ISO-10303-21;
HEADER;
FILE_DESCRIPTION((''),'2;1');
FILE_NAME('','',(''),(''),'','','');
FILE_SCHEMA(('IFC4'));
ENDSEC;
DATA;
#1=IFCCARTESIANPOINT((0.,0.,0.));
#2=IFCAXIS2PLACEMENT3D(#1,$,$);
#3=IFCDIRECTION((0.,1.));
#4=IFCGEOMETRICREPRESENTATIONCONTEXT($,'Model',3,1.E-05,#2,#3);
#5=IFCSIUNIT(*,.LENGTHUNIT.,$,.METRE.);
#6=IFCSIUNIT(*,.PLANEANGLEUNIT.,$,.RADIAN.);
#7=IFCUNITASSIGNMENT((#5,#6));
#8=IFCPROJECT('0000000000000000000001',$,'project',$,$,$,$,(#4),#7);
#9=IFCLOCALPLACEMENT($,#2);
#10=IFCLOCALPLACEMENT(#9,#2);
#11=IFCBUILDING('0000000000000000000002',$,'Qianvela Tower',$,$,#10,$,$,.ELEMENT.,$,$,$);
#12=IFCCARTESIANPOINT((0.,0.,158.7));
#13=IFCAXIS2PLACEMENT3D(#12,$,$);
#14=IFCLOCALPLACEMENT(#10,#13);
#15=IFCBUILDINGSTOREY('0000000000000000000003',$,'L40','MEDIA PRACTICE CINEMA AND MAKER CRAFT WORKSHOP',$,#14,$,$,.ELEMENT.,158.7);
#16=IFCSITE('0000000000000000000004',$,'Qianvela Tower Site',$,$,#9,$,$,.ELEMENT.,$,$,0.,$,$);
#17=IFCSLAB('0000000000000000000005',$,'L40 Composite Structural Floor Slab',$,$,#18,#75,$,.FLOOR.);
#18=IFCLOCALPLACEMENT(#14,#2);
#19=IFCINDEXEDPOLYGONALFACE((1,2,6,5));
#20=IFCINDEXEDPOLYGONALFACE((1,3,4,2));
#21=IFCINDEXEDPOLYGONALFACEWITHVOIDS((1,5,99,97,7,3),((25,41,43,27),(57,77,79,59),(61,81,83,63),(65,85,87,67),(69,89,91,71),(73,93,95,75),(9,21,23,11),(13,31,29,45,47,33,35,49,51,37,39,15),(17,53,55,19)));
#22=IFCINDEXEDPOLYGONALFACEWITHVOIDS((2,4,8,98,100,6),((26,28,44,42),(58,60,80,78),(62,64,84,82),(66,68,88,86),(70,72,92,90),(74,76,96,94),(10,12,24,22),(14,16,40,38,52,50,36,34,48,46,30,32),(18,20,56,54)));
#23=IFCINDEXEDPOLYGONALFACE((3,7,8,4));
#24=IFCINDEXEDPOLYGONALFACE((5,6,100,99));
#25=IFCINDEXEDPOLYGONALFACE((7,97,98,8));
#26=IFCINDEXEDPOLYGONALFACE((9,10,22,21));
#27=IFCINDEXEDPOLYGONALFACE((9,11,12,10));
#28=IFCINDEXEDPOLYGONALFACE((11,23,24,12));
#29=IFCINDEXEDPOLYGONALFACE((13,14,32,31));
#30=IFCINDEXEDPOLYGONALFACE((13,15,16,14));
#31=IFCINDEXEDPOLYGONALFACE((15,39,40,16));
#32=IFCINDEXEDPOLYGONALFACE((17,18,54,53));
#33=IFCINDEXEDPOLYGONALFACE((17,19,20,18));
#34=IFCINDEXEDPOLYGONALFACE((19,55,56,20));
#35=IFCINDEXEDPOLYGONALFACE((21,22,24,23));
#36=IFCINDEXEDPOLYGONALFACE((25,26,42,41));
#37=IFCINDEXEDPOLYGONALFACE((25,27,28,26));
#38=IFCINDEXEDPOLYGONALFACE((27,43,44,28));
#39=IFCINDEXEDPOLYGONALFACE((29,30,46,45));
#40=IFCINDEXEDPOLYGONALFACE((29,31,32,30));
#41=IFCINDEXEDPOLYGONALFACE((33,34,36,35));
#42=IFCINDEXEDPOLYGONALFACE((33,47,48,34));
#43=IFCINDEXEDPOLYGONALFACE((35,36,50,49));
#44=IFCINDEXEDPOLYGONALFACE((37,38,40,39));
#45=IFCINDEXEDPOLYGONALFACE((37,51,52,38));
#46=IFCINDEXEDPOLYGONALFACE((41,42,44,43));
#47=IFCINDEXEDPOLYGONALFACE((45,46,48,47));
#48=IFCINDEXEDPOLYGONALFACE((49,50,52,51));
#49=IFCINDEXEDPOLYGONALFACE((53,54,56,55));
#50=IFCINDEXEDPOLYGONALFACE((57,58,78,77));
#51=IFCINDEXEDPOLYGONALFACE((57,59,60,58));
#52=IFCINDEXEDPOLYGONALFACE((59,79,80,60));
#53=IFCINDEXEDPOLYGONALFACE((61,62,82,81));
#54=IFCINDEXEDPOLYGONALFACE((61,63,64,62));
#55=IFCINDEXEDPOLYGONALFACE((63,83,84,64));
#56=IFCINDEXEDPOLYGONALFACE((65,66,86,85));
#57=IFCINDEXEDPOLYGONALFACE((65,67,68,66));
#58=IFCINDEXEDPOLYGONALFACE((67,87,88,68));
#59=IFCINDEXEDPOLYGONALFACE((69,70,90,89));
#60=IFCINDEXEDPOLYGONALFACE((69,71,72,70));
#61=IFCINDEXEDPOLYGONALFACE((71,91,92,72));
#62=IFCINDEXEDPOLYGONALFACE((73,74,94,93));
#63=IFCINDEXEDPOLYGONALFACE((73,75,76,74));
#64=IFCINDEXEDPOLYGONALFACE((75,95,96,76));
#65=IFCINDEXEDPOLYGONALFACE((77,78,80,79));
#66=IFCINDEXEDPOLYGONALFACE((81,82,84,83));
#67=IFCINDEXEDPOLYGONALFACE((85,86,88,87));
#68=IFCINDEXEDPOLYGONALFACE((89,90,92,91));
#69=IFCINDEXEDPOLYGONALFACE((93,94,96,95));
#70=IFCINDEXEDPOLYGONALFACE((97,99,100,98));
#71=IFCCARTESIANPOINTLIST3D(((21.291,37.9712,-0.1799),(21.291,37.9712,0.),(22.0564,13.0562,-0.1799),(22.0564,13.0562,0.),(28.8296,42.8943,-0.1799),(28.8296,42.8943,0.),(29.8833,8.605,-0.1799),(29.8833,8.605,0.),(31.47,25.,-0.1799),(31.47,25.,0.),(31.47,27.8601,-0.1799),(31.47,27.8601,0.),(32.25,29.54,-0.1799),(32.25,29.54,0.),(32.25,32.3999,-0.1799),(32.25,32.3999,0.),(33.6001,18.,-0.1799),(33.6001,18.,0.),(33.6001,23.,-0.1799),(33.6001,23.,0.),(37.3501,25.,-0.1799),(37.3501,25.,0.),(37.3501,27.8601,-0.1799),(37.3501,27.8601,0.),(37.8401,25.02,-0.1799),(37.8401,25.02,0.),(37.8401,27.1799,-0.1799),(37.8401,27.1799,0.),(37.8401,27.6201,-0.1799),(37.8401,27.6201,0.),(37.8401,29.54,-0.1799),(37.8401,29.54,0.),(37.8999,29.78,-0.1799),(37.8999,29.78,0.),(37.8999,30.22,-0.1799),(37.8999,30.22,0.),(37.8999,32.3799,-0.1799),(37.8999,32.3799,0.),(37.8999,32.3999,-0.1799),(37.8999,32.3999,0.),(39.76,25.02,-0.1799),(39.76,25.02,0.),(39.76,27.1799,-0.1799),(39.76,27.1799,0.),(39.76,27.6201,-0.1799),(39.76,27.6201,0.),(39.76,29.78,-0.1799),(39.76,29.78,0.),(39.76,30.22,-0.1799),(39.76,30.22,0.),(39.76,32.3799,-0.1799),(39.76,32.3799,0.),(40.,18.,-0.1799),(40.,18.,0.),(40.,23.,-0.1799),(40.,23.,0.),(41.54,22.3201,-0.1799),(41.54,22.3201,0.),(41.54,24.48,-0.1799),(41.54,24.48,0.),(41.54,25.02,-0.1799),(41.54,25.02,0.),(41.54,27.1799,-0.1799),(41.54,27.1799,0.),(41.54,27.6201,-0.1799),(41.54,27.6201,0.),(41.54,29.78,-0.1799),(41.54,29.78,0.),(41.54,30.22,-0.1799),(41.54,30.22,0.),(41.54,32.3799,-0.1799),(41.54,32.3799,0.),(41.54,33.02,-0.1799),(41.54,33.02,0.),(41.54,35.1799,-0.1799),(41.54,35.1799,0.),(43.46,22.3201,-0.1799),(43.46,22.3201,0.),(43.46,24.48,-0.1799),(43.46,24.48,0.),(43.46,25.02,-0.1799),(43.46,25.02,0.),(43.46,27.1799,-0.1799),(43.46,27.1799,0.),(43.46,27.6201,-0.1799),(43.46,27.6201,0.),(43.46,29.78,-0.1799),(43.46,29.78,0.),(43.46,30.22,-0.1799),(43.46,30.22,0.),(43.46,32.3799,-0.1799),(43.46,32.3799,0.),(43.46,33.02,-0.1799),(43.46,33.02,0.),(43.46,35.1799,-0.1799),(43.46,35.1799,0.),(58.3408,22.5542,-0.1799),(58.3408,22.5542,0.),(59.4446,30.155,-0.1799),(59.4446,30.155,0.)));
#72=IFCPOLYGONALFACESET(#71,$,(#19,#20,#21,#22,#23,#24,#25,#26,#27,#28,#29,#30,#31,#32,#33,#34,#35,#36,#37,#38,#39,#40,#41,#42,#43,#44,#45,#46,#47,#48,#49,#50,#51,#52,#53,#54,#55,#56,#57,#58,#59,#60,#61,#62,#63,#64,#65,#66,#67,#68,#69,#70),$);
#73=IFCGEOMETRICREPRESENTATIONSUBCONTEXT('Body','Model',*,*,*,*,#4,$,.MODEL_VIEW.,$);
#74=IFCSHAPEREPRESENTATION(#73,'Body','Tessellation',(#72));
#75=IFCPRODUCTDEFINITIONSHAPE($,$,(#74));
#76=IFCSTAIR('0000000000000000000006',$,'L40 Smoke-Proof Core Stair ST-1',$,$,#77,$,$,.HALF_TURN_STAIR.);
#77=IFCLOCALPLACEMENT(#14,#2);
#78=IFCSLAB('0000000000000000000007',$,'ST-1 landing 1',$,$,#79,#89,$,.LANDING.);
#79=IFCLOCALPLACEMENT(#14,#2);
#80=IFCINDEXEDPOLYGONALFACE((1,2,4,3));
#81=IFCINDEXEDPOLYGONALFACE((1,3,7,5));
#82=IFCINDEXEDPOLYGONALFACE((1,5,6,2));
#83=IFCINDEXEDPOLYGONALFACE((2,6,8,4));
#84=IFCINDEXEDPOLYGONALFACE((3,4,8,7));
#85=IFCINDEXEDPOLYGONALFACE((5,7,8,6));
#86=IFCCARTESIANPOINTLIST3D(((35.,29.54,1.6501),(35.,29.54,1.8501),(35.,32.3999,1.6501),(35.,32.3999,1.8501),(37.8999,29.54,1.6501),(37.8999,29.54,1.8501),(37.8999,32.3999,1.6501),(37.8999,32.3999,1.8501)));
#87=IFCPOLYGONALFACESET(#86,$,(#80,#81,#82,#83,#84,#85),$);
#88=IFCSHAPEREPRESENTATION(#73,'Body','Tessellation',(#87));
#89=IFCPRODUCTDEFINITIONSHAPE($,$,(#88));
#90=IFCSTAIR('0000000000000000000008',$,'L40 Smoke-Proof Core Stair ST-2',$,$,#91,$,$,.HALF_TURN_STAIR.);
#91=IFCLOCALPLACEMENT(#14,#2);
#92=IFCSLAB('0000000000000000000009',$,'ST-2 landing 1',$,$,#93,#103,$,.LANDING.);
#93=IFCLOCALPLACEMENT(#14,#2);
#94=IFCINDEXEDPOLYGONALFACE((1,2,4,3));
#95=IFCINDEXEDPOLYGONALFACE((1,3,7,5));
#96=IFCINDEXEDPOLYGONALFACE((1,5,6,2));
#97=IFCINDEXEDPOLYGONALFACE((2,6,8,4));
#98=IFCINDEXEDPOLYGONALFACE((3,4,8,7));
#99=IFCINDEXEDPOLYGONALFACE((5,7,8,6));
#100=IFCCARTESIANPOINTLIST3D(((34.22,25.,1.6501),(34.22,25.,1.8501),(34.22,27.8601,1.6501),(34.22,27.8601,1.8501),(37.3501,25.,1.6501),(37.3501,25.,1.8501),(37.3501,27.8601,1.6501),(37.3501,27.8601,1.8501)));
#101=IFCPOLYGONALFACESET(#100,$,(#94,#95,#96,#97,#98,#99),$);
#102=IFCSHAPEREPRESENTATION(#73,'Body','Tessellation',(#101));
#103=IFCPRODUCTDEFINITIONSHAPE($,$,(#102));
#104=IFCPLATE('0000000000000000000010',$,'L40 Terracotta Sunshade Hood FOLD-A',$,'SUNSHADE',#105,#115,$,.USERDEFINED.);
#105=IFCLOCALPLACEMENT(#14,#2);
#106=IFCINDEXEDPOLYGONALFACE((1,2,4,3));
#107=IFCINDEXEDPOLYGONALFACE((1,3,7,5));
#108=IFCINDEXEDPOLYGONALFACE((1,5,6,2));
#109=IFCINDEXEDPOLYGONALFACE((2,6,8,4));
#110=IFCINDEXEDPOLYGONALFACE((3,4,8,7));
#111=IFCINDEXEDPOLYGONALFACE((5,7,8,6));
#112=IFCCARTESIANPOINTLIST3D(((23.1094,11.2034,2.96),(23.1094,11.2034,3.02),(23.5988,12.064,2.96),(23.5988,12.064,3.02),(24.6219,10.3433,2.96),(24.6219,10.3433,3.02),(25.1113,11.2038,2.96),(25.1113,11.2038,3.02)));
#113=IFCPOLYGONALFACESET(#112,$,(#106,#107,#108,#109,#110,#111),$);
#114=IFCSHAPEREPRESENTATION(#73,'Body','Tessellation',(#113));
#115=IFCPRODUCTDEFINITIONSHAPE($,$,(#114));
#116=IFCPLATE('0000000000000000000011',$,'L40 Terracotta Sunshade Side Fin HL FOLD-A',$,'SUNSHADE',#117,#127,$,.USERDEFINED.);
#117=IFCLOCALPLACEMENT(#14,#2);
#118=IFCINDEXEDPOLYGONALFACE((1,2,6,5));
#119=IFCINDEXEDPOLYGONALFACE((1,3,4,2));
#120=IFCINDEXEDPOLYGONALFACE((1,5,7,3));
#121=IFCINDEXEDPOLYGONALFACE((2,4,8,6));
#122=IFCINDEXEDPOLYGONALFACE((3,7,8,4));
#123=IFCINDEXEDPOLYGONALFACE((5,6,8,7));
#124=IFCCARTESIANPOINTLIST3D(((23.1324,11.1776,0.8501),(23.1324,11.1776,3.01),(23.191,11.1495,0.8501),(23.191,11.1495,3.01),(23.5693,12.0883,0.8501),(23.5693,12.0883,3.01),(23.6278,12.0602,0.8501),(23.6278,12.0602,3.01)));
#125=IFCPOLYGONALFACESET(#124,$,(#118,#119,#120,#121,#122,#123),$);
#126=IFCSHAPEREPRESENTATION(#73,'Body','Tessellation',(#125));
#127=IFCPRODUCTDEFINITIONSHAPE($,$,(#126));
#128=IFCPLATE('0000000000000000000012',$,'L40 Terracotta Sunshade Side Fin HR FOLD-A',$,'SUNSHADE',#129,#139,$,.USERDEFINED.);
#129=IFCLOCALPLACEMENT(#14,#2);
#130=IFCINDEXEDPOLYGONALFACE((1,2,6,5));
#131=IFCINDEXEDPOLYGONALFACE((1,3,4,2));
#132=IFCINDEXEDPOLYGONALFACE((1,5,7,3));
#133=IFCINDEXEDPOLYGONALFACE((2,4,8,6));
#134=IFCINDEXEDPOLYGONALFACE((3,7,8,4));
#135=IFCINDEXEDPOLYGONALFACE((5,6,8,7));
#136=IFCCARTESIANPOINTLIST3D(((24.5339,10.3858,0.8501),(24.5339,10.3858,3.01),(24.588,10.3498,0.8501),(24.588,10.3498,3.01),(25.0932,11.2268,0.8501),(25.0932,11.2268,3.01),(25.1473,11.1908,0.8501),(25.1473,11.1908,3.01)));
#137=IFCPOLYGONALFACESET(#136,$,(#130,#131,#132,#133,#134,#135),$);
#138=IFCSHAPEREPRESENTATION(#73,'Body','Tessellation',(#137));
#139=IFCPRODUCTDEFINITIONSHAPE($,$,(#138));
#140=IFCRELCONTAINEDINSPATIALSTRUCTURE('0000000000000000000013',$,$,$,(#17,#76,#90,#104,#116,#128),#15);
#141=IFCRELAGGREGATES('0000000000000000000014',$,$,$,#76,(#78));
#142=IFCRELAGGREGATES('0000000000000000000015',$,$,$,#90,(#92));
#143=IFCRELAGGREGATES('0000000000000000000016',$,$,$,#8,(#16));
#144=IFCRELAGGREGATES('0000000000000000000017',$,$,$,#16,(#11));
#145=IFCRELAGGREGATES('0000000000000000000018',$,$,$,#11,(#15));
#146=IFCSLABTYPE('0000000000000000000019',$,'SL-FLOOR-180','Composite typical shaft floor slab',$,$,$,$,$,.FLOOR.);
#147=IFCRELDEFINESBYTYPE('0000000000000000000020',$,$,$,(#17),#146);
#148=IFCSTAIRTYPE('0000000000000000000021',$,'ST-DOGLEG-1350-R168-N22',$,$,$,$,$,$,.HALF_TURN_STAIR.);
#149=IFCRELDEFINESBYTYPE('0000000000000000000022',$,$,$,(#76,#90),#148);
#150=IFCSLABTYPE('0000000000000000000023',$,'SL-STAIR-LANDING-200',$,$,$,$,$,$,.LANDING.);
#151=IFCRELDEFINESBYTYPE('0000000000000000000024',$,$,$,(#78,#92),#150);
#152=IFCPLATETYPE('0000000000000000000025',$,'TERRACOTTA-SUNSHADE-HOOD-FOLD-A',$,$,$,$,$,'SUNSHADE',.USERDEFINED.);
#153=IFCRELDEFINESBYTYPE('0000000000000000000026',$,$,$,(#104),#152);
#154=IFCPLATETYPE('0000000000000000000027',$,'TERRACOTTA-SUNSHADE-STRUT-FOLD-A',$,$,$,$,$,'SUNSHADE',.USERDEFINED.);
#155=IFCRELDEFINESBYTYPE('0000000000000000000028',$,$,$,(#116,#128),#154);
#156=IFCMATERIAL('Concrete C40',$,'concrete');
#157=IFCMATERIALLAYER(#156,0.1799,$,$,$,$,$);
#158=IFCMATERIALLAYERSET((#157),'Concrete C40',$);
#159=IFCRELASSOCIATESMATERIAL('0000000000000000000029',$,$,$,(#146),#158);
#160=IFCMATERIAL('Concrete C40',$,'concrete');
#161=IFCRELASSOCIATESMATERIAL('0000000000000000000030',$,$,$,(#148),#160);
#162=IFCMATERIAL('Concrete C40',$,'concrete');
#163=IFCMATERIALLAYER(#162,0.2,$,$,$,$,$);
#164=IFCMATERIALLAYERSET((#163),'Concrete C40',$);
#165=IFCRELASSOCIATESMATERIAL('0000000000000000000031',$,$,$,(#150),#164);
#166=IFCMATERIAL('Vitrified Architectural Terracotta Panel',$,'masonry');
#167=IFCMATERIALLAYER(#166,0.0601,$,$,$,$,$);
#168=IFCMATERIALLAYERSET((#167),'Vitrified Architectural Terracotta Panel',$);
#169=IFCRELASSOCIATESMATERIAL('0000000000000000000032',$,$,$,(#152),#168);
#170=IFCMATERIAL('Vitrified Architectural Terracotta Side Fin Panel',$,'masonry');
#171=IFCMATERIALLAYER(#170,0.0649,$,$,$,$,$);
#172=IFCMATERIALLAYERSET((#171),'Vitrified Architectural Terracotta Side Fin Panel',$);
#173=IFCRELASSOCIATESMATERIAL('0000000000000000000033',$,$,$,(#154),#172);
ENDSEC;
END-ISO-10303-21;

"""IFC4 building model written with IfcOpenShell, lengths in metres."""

from ifc_helpers import new_model, si_unit, direction, frame, origin, origin_2d, place, context, subcontext, project, spatial, polyline, rectangle, outline, extrude, material, layer, layer_set, type_object, element, aggregate, save


model = new_model("IFC4")

# Units and contexts
model_context = context("Model", 3, precision=1e-05, world=origin(), true_north=direction((0.0, 1.0)))
body_context = subcontext(model_context, "Body", "Model", "MODEL_VIEW")
ifc_project = project(units=[si_unit("LENGTHUNIT", "METRE"), si_unit("PLANEANGLEUNIT", "RADIAN")], contexts=[model_context])

# Site, building, storey
site_placement = place(None, origin())
site = spatial("IfcSite", under=ifc_project, at=site_placement, Name="Qianvela Tower Site", CompositionType="ELEMENT", RefElevation=0.0)
building_placement = place(site_placement, origin())
building = spatial("IfcBuilding", under=site, at=building_placement, Name="Qianvela Tower", CompositionType="ELEMENT")
storey_placement = place(building_placement, frame((0.0, 0.0, 158.7)))
storey = spatial("IfcBuildingStorey", under=building, at=storey_placement, Name="L40", Description="MEDIA PRACTICE CINEMA AND MAKER CRAFT WORKSHOP", CompositionType="ELEMENT", Elevation=158.7)

# Slab
ifc_material_1 = material(Name="Concrete C40", Category="concrete")
ifc_layer_1 = layer(ifc_material_1, 0.1799)
ifc_layer_set_1 = layer_set([ifc_layer_1], Name="Concrete C40")
slab_type_1 = type_object("IfcSlabType", Name="SL-FLOOR-180", Description="Composite typical shaft floor slab", PredefinedType="FLOOR", material=ifc_layer_set_1)
slab_1_placement = place(storey_placement, frame((0.0, 0.0, -0.1799)))
element("IfcSlab", 1, at=slab_1_placement, inside=storey, type_object=slab_type_1, Name="L40 Composite Structural Floor Slab", PredefinedType="FLOOR", context=body_context, shape_type="SweptSolid", body=[
    extrude(outline(polyline([(58.3408, 22.5542), (59.4446, 30.155), (28.8296, 42.8943), (21.291, 37.9712), (22.0564, 13.0562), (29.8833, 8.605), (58.3408, 22.5542)]), holes=[polyline([(40.0, 23.0), (33.6001, 23.0), (33.6001, 18.0), (40.0, 18.0), (40.0, 23.0)]), polyline([(39.76, 27.1799), (37.8401, 27.1799), (37.8401, 25.02), (39.76, 25.02), (39.76, 27.1799)]), polyline([(37.3501, 27.8601), (31.47, 27.8601), (31.47, 25.0), (37.3501, 25.0), (37.3501, 27.8601)]), polyline([(37.8401, 27.6201), (39.76, 27.6201), (39.76, 29.78), (37.8999, 29.78), (37.8999, 30.22), (39.76, 30.22), (39.76, 32.3799), (37.8999, 32.3799), (37.8999, 32.3999), (32.25, 32.3999), (32.25, 29.54), (37.8401, 29.54), (37.8401, 27.6201)]), polyline([(43.46, 22.3201), (43.46, 24.48), (41.54, 24.48), (41.54, 22.3201), (43.46, 22.3201)]), polyline([(43.46, 25.02), (43.46, 27.1799), (41.54, 27.1799), (41.54, 25.02), (43.46, 25.02)]), polyline([(43.46, 29.78), (41.54, 29.78), (41.54, 27.6201), (43.46, 27.6201), (43.46, 29.78)]), polyline([(43.46, 30.22), (43.46, 32.3799), (41.54, 32.3799), (41.54, 30.22), (43.46, 30.22)]), polyline([(43.46, 33.02), (43.46, 35.1799), (41.54, 35.1799), (41.54, 33.02), (43.46, 33.02)])]), origin(), (0.0, 0.0, 1.0), 0.1799),
])

# Stairs, slabs
ifc_material_2 = material(Name="Concrete C40", Category="concrete")
stair_type = type_object("IfcStairType", Name="ST-DOGLEG-1350-R168-N22", PredefinedType="HALF_TURN_STAIR", material=ifc_material_2)
stair_1_placement = place(storey_placement, origin())
stair_1 = element("IfcStair", 2, at=stair_1_placement, inside=storey, type_object=stair_type, Name="L40 Smoke-Proof Core Stair ST-1", PredefinedType="HALF_TURN_STAIR")
ifc_material_3 = material(Name="Concrete C40", Category="concrete")
ifc_layer_2 = layer(ifc_material_3, 0.2)
ifc_layer_set_2 = layer_set([ifc_layer_2], Name="Concrete C40")
slab_type_2 = type_object("IfcSlabType", Name="SL-STAIR-LANDING-200", PredefinedType="LANDING", material=ifc_layer_set_2)
slab_2_placement = place(storey_placement, frame((0.0, 0.0, 1.6501)))
slab_2 = element("IfcSlab", 3, at=slab_2_placement, type_object=slab_type_2, Name="ST-1 landing 1", PredefinedType="LANDING", context=body_context, shape_type="SweptSolid", body=[
    extrude(outline(polyline([(35.0, 29.54), (37.8999, 29.54), (37.8999, 32.3999), (35.0, 32.3999), (35.0, 29.54)])), origin(), (0.0, 0.0, 1.0), 0.2),
])
aggregate(stair_1, [slab_2])
stair_2_placement = place(storey_placement, origin())
stair_2 = element("IfcStair", 4, at=stair_2_placement, inside=storey, type_object=stair_type, Name="L40 Smoke-Proof Core Stair ST-2", PredefinedType="HALF_TURN_STAIR")
slab_3_placement = place(storey_placement, frame((0.0, 0.0, 1.6501)))
slab_3 = element("IfcSlab", 5, at=slab_3_placement, type_object=slab_type_2, Name="ST-2 landing 1", PredefinedType="LANDING", context=body_context, shape_type="SweptSolid", body=[
    extrude(outline(polyline([(34.22, 25.0), (37.3501, 25.0), (37.3501, 27.8601), (34.22, 27.8601), (34.22, 25.0)])), origin(), (0.0, 0.0, 1.0), 0.2),
])
aggregate(stair_2, [slab_3])

# Plates
ifc_material_4 = material(Name="Vitrified Architectural Terracotta Panel", Category="masonry")
ifc_layer_3 = layer(ifc_material_4, 0.0601)
ifc_layer_set_3 = layer_set([ifc_layer_3], Name="Vitrified Architectural Terracotta Panel")
plate_type_1 = type_object("IfcPlateType", Name="TERRACOTTA-SUNSHADE-HOOD-FOLD-A", ElementType="SUNSHADE", PredefinedType="USERDEFINED", material=ifc_layer_set_3)
plate_1_placement = place(storey_placement, frame((24.1104, 11.2036, 2.96), z_axis=(0.0, 0.0, 1.0), x_axis=(0.869268, -0.494341, 0.0)))
element("IfcPlate", 6, at=plate_1_placement, inside=storey, type_object=plate_type_1, Name="L40 Terracotta Sunshade Hood FOLD-A", ObjectType="SUNSHADE", PredefinedType="USERDEFINED", context=body_context, shape_type="SweptSolid", body=[
    extrude(rectangle(XDim=1.74, YDim=0.99, at=origin_2d()), origin(), (0.0, 0.0, 1.0), 0.0601),
])
ifc_material_5 = material(Name="Vitrified Architectural Terracotta Side Fin Panel", Category="masonry")
ifc_layer_4 = layer(ifc_material_5, 0.0649)
ifc_layer_set_4 = layer_set([ifc_layer_4], Name="Vitrified Architectural Terracotta Side Fin Panel")
plate_type_2 = type_object("IfcPlateType", Name="TERRACOTTA-SUNSHADE-STRUT-FOLD-A", ElementType="SUNSHADE", PredefinedType="USERDEFINED", material=ifc_layer_set_4)
for number, where, z_axis, x_axis, name in (
    (7, (23.3801, 11.6189, 0.8501), (0.0, 0.0, 1.0), (0.901634, -0.4325, 0.0), "L40 Terracotta Sunshade Side Fin HL FOLD-A"),
    (8, (24.8406, 10.7883, 0.8501), (0.0, 0.0, 1.0), (0.832667, -0.553774, 0.0), "L40 Terracotta Sunshade Side Fin HR FOLD-A"),
):
    element("IfcPlate", number, at=place(storey_placement, frame(where, z_axis=z_axis, x_axis=x_axis)), inside=storey, type_object=plate_type_2, Name=name, ObjectType="SUNSHADE", PredefinedType="USERDEFINED", context=body_context, shape_type="SweptSolid", body=[
        extrude(rectangle(XDim=0.0649, YDim=1.01, at=origin_2d()), origin(), (0.0, 0.0, 1.0), 2.1599),
    ])

save(model, "model.ifc")
